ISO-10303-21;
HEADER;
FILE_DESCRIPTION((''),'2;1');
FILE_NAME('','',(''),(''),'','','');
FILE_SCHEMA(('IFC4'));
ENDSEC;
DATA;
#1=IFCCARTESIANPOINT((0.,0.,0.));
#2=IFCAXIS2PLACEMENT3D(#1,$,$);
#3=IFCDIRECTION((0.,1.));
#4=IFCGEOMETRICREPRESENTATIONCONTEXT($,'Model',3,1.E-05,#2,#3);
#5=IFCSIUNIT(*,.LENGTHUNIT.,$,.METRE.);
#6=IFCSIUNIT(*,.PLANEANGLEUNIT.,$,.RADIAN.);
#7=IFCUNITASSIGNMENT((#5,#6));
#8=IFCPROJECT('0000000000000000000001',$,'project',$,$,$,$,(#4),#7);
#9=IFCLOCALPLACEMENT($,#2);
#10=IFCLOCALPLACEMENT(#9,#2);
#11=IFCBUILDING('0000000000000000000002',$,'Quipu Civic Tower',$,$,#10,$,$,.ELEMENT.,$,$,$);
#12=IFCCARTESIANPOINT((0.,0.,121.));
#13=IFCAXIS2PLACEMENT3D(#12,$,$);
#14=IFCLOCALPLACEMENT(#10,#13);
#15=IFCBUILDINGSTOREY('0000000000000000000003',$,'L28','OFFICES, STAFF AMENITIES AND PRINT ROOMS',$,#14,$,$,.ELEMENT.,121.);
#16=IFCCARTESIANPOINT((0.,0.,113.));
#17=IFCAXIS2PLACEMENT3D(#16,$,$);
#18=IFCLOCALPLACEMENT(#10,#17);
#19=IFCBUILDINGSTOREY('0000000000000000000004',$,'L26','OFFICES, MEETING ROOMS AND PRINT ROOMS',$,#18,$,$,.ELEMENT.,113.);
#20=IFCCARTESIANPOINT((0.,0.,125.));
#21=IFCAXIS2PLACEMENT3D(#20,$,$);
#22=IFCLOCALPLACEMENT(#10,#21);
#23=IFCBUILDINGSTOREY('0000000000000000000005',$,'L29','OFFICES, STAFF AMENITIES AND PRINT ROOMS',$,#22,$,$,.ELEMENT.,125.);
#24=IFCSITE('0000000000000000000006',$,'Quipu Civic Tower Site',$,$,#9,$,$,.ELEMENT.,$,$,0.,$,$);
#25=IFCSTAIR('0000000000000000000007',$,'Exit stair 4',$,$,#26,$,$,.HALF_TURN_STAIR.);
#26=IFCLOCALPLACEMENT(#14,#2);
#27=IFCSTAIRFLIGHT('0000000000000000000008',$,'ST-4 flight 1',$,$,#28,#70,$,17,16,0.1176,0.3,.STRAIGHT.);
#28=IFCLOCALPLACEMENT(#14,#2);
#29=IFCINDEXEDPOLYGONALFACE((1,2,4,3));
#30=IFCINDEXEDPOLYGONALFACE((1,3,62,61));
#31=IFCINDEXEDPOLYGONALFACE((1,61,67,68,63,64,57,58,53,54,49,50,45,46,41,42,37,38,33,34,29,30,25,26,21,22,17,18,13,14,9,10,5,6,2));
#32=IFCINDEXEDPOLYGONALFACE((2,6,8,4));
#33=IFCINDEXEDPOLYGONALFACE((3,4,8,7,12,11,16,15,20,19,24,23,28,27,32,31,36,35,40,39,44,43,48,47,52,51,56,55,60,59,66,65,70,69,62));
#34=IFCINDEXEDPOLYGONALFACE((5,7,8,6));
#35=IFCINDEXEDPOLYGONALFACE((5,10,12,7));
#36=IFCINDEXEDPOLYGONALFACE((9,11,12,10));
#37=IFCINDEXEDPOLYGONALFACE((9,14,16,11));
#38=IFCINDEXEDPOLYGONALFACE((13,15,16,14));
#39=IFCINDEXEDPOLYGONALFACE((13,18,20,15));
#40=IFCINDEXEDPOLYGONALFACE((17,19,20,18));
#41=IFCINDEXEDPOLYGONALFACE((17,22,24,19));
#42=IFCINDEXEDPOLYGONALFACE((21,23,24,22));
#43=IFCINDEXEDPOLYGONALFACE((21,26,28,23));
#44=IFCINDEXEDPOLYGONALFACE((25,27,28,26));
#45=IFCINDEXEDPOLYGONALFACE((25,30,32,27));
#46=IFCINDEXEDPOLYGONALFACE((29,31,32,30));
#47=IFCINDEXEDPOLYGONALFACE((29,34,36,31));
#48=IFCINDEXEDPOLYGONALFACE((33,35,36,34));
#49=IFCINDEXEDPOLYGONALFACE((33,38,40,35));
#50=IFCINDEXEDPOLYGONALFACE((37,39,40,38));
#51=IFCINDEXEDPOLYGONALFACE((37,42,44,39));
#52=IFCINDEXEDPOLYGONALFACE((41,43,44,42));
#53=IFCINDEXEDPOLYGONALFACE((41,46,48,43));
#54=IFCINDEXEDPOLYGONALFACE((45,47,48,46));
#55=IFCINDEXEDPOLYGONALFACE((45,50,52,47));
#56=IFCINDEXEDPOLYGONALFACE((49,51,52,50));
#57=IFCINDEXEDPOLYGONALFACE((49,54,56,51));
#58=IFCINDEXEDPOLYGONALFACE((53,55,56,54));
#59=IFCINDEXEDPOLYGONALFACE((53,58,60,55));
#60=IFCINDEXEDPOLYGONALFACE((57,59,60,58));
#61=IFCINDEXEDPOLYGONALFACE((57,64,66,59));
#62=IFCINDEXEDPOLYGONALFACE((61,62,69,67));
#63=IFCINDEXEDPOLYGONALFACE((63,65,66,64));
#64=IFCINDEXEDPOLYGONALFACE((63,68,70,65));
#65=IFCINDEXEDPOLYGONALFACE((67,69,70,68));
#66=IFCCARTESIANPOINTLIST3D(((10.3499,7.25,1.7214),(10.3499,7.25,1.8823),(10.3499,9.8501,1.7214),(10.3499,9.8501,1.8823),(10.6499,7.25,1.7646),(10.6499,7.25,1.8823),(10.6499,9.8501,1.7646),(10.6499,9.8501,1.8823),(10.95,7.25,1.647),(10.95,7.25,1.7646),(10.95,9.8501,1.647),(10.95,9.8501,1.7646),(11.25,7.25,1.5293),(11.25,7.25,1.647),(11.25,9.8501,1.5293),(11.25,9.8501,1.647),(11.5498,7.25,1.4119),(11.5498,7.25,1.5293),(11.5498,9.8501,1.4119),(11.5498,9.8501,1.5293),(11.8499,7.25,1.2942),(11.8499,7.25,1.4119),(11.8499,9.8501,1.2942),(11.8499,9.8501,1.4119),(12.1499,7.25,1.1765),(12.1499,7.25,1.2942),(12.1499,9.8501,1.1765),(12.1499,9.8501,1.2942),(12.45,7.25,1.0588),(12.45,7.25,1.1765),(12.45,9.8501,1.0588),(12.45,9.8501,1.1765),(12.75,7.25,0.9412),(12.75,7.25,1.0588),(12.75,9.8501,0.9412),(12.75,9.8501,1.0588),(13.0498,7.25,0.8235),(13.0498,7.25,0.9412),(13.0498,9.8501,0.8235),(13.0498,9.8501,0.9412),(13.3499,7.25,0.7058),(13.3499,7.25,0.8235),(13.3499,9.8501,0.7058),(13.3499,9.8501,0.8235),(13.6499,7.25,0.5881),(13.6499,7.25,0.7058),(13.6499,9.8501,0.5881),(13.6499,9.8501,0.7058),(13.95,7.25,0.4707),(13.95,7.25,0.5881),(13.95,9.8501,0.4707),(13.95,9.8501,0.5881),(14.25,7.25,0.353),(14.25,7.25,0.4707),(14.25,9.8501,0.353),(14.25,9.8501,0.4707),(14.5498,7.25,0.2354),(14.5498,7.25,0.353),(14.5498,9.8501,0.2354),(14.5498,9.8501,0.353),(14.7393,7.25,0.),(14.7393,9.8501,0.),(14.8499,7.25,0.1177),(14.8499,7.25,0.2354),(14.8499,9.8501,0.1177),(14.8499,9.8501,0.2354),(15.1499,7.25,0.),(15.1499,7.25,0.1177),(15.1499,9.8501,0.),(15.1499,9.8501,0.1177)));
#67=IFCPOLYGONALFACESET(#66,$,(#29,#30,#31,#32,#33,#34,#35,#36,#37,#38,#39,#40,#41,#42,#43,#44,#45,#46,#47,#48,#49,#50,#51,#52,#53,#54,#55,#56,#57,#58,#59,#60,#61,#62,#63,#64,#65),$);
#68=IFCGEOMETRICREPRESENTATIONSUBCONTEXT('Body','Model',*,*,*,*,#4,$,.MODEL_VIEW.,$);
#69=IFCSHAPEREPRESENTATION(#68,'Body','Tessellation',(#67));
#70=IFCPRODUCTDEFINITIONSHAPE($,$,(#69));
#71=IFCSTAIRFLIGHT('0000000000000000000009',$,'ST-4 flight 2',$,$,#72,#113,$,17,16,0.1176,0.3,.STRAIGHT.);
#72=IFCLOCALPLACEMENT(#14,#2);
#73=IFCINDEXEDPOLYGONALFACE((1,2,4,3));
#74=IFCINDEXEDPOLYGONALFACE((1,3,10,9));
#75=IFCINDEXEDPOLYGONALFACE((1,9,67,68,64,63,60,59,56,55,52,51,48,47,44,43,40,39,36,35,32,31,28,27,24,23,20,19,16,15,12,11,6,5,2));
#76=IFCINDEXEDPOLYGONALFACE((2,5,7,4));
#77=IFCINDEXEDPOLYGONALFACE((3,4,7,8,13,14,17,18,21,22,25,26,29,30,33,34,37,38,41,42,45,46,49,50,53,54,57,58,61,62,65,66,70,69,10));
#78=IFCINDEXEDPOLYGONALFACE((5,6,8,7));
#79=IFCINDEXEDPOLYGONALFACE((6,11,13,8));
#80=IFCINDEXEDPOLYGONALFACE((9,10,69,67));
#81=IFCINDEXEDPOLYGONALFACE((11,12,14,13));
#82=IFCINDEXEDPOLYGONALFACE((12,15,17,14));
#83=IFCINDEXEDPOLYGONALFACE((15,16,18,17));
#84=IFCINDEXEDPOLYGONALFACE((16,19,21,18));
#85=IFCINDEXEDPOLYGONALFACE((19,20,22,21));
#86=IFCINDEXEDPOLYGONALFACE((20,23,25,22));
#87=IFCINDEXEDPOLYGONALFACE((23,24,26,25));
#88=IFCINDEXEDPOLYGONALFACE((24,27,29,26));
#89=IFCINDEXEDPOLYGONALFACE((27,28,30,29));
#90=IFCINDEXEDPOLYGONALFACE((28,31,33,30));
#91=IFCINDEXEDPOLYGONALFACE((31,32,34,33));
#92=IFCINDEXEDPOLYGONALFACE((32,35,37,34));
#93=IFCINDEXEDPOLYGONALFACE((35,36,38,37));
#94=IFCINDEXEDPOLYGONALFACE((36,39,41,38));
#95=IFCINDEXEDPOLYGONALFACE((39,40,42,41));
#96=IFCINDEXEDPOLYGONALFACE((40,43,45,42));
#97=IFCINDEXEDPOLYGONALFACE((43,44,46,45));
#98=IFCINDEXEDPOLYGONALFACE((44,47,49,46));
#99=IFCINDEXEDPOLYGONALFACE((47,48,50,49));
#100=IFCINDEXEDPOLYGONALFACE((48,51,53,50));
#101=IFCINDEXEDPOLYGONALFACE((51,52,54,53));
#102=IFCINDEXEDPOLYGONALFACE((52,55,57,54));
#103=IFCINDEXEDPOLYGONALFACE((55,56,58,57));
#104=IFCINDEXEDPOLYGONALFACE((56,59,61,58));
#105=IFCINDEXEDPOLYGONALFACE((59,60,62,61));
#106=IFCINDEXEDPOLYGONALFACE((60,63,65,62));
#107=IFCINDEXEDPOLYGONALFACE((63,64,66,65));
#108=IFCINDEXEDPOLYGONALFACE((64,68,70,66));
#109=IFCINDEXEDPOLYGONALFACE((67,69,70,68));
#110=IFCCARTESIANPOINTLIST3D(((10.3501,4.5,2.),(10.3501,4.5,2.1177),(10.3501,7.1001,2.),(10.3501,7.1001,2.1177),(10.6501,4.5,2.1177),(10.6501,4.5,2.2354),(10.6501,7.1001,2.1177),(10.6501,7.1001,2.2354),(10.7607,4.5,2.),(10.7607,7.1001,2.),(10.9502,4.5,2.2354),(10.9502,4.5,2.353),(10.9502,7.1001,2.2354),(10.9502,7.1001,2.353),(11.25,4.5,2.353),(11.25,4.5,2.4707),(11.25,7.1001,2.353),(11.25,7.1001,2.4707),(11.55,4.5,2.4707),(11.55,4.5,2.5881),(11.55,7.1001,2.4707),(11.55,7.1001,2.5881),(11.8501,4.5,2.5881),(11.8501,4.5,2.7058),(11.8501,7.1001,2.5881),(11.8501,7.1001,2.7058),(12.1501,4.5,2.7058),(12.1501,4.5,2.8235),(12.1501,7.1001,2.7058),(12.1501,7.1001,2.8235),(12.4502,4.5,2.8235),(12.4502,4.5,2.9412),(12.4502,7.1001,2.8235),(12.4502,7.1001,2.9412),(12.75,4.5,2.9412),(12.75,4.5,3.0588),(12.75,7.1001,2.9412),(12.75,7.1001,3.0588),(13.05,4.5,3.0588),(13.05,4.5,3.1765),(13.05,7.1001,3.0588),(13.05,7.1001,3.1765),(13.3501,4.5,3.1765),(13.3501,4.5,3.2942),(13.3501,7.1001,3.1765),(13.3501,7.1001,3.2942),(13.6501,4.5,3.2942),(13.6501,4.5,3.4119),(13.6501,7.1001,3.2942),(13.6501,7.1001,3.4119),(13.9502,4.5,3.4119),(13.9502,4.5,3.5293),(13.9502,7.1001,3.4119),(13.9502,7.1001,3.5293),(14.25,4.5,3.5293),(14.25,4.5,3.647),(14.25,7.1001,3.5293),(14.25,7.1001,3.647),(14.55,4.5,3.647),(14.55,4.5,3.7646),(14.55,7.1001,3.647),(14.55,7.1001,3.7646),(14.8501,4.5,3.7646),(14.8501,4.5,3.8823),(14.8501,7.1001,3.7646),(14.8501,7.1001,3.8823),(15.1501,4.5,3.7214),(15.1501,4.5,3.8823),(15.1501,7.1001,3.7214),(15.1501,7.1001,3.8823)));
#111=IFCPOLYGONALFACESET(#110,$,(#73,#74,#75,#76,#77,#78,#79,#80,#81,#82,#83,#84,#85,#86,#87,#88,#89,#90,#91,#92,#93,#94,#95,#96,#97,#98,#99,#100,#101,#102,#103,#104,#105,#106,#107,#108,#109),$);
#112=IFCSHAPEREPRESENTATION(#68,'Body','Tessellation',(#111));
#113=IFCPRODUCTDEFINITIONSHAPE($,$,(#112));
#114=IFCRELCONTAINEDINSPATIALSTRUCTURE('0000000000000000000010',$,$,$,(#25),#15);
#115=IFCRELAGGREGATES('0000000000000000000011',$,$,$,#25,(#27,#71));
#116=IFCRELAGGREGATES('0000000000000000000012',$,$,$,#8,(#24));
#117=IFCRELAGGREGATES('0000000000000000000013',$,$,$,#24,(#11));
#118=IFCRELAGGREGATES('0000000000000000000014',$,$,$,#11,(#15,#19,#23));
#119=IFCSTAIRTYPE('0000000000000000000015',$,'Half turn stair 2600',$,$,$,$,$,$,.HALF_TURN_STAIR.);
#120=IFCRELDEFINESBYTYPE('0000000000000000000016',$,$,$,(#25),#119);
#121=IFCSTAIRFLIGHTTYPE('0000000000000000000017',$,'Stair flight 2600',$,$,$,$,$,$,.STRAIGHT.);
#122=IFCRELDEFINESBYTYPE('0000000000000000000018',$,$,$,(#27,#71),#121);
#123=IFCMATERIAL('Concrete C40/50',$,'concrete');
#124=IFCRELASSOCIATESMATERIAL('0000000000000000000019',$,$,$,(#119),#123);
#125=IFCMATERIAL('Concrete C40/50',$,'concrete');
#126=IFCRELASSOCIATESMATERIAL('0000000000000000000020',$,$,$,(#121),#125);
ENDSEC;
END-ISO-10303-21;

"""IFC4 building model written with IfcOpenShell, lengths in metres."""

from ifc_helpers import new_model, si_unit, direction, frame, origin, place, context, subcontext, project, spatial, polyline, outline, extrude, material, type_object, element, aggregate, save


model = new_model("IFC4")

# Units and contexts
model_context = context("Model", 3, precision=1e-05, world=origin(), true_north=direction((0.0, 1.0)))
body_context = subcontext(model_context, "Body", "Model", "MODEL_VIEW")
ifc_project = project(units=[si_unit("LENGTHUNIT", "METRE"), si_unit("PLANEANGLEUNIT", "RADIAN")], contexts=[model_context])

# Site, building, storey
site_placement = place(None, origin())
site = spatial("IfcSite", under=ifc_project, at=site_placement, Name="Quipu Civic Tower Site", CompositionType="ELEMENT", RefElevation=0.0)
building_placement = place(site_placement, origin())
building = spatial("IfcBuilding", under=site, at=building_placement, Name="Quipu Civic Tower", CompositionType="ELEMENT")
storey_1_placement = place(building_placement, frame((0.0, 0.0, 121.0)))
storey_1 = spatial("IfcBuildingStorey", under=building, at=storey_1_placement, Name="L28", Description="OFFICES, STAFF AMENITIES AND PRINT ROOMS", CompositionType="ELEMENT", Elevation=121.0)

# Shared definitions
storey_2_placement = place(building_placement, frame((0.0, 0.0, 113.0)))
storey_2 = spatial("IfcBuildingStorey", under=building, at=storey_2_placement, Name="L26", Description="OFFICES, MEETING ROOMS AND PRINT ROOMS", CompositionType="ELEMENT", Elevation=113.0)

# Shared definitions
storey_3_placement = place(building_placement, frame((0.0, 0.0, 125.0)))
storey_3 = spatial("IfcBuildingStorey", under=building, at=storey_3_placement, Name="L29", Description="OFFICES, STAFF AMENITIES AND PRINT ROOMS", CompositionType="ELEMENT", Elevation=125.0)

# Stair, stair flights
ifc_material_1 = material(Name="Concrete C40/50", Category="concrete")
stair_type = type_object("IfcStairType", Name="Half turn stair 2600", PredefinedType="HALF_TURN_STAIR", material=ifc_material_1)
stair_placement = place(storey_1_placement, origin())
stair = element("IfcStair", 1, at=stair_placement, inside=storey_1, type_object=stair_type, Name="Exit stair 4", PredefinedType="HALF_TURN_STAIR")
ifc_material_2 = material(Name="Concrete C40/50", Category="concrete")
stair_flight_type = type_object("IfcStairFlightType", Name="Stair flight 2600", PredefinedType="STRAIGHT", material=ifc_material_2)
stair_flight_1_placement = place(storey_1_placement, frame((15.1499, 8.55, 0.0), z_axis=(0.0, 0.0, 1.0), x_axis=(-1.0, 0.0, 0.0)))
stair_flight_1 = element("IfcStairFlight", 2, at=stair_flight_1_placement, type_object=stair_flight_type, Name="ST-4 flight 1", NumberOfRisers=17, NumberOfTreads=16, PredefinedType="STRAIGHT", RiserHeight=0.1176, TreadLength=0.3, context=body_context, shape_type="SweptSolid", body=[
    extrude(outline(polyline([(0.0, 0.0), (0.0, 0.1177), (0.3, 0.1177), (0.3, 0.2354), (0.6001, 0.2354), (0.6001, 0.353), (0.8999, 0.353), (0.8999, 0.4707), (1.2, 0.4707), (1.2, 0.5881), (1.5, 0.5881), (1.5, 0.7058), (1.8, 0.7058), (1.8, 0.8235), (2.1001, 0.8235), (2.1001, 0.9412), (2.3999, 0.9412), (2.3999, 1.0588), (2.7, 1.0588), (2.7, 1.1765), (3.0, 1.1765), (3.0, 1.2942), (3.3, 1.2942), (3.3, 1.4119), (3.6001, 1.4119), (3.6001, 1.5293), (3.8999, 1.5293), (3.8999, 1.647), (4.2, 1.647), (4.2, 1.7646), (4.5, 1.7646), (4.5, 1.8823), (4.8, 1.8823), (4.8, 2.0), (4.8, 1.7214), (0.4106, 0.0), (0.0, 0.0)])), frame((0.0, 1.3, 0.0), z_axis=(0.0, -1.0, 0.0), x_axis=(1.0, 0.0, 0.0)), (0.0, 0.0, 1.0), 2.6001),
])
stair_flight_2_placement = place(storey_1_placement, frame((10.3501, 5.8, 2.0), z_axis=(0.0, 0.0, 1.0), x_axis=(1.0, 0.0, 0.0)))
stair_flight_2 = element("IfcStairFlight", 3, at=stair_flight_2_placement, type_object=stair_flight_type, Name="ST-4 flight 2", NumberOfRisers=17, NumberOfTreads=16, PredefinedType="STRAIGHT", RiserHeight=0.1176, TreadLength=0.3, context=body_context, shape_type="SweptSolid", body=[
    extrude(outline(polyline([(0.0, 0.0), (0.0, 0.1177), (0.3, 0.1177), (0.3, 0.2354), (0.6001, 0.2354), (0.6001, 0.353), (0.8999, 0.353), (0.8999, 0.4707), (1.2, 0.4707), (1.2, 0.5881), (1.5, 0.5881), (1.5, 0.7058), (1.8, 0.7058), (1.8, 0.8235), (2.1001, 0.8235), (2.1001, 0.9412), (2.3999, 0.9412), (2.3999, 1.0588), (2.7, 1.0588), (2.7, 1.1765), (3.0, 1.1765), (3.0, 1.2942), (3.3, 1.2942), (3.3, 1.4119), (3.6001, 1.4119), (3.6001, 1.5293), (3.8999, 1.5293), (3.8999, 1.647), (4.2, 1.647), (4.2, 1.7646), (4.5, 1.7646), (4.5, 1.8823), (4.8, 1.8823), (4.8, 2.0), (4.8, 1.7214), (0.4106, 0.0), (0.0, 0.0)])), frame((0.0, 1.3, 0.0), z_axis=(0.0, -1.0, 0.0), x_axis=(1.0, 0.0, 0.0)), (0.0, 0.0, 1.0), 2.6001),
])
aggregate(stair, [stair_flight_1, stair_flight_2])

save(model, "model.ifc")
